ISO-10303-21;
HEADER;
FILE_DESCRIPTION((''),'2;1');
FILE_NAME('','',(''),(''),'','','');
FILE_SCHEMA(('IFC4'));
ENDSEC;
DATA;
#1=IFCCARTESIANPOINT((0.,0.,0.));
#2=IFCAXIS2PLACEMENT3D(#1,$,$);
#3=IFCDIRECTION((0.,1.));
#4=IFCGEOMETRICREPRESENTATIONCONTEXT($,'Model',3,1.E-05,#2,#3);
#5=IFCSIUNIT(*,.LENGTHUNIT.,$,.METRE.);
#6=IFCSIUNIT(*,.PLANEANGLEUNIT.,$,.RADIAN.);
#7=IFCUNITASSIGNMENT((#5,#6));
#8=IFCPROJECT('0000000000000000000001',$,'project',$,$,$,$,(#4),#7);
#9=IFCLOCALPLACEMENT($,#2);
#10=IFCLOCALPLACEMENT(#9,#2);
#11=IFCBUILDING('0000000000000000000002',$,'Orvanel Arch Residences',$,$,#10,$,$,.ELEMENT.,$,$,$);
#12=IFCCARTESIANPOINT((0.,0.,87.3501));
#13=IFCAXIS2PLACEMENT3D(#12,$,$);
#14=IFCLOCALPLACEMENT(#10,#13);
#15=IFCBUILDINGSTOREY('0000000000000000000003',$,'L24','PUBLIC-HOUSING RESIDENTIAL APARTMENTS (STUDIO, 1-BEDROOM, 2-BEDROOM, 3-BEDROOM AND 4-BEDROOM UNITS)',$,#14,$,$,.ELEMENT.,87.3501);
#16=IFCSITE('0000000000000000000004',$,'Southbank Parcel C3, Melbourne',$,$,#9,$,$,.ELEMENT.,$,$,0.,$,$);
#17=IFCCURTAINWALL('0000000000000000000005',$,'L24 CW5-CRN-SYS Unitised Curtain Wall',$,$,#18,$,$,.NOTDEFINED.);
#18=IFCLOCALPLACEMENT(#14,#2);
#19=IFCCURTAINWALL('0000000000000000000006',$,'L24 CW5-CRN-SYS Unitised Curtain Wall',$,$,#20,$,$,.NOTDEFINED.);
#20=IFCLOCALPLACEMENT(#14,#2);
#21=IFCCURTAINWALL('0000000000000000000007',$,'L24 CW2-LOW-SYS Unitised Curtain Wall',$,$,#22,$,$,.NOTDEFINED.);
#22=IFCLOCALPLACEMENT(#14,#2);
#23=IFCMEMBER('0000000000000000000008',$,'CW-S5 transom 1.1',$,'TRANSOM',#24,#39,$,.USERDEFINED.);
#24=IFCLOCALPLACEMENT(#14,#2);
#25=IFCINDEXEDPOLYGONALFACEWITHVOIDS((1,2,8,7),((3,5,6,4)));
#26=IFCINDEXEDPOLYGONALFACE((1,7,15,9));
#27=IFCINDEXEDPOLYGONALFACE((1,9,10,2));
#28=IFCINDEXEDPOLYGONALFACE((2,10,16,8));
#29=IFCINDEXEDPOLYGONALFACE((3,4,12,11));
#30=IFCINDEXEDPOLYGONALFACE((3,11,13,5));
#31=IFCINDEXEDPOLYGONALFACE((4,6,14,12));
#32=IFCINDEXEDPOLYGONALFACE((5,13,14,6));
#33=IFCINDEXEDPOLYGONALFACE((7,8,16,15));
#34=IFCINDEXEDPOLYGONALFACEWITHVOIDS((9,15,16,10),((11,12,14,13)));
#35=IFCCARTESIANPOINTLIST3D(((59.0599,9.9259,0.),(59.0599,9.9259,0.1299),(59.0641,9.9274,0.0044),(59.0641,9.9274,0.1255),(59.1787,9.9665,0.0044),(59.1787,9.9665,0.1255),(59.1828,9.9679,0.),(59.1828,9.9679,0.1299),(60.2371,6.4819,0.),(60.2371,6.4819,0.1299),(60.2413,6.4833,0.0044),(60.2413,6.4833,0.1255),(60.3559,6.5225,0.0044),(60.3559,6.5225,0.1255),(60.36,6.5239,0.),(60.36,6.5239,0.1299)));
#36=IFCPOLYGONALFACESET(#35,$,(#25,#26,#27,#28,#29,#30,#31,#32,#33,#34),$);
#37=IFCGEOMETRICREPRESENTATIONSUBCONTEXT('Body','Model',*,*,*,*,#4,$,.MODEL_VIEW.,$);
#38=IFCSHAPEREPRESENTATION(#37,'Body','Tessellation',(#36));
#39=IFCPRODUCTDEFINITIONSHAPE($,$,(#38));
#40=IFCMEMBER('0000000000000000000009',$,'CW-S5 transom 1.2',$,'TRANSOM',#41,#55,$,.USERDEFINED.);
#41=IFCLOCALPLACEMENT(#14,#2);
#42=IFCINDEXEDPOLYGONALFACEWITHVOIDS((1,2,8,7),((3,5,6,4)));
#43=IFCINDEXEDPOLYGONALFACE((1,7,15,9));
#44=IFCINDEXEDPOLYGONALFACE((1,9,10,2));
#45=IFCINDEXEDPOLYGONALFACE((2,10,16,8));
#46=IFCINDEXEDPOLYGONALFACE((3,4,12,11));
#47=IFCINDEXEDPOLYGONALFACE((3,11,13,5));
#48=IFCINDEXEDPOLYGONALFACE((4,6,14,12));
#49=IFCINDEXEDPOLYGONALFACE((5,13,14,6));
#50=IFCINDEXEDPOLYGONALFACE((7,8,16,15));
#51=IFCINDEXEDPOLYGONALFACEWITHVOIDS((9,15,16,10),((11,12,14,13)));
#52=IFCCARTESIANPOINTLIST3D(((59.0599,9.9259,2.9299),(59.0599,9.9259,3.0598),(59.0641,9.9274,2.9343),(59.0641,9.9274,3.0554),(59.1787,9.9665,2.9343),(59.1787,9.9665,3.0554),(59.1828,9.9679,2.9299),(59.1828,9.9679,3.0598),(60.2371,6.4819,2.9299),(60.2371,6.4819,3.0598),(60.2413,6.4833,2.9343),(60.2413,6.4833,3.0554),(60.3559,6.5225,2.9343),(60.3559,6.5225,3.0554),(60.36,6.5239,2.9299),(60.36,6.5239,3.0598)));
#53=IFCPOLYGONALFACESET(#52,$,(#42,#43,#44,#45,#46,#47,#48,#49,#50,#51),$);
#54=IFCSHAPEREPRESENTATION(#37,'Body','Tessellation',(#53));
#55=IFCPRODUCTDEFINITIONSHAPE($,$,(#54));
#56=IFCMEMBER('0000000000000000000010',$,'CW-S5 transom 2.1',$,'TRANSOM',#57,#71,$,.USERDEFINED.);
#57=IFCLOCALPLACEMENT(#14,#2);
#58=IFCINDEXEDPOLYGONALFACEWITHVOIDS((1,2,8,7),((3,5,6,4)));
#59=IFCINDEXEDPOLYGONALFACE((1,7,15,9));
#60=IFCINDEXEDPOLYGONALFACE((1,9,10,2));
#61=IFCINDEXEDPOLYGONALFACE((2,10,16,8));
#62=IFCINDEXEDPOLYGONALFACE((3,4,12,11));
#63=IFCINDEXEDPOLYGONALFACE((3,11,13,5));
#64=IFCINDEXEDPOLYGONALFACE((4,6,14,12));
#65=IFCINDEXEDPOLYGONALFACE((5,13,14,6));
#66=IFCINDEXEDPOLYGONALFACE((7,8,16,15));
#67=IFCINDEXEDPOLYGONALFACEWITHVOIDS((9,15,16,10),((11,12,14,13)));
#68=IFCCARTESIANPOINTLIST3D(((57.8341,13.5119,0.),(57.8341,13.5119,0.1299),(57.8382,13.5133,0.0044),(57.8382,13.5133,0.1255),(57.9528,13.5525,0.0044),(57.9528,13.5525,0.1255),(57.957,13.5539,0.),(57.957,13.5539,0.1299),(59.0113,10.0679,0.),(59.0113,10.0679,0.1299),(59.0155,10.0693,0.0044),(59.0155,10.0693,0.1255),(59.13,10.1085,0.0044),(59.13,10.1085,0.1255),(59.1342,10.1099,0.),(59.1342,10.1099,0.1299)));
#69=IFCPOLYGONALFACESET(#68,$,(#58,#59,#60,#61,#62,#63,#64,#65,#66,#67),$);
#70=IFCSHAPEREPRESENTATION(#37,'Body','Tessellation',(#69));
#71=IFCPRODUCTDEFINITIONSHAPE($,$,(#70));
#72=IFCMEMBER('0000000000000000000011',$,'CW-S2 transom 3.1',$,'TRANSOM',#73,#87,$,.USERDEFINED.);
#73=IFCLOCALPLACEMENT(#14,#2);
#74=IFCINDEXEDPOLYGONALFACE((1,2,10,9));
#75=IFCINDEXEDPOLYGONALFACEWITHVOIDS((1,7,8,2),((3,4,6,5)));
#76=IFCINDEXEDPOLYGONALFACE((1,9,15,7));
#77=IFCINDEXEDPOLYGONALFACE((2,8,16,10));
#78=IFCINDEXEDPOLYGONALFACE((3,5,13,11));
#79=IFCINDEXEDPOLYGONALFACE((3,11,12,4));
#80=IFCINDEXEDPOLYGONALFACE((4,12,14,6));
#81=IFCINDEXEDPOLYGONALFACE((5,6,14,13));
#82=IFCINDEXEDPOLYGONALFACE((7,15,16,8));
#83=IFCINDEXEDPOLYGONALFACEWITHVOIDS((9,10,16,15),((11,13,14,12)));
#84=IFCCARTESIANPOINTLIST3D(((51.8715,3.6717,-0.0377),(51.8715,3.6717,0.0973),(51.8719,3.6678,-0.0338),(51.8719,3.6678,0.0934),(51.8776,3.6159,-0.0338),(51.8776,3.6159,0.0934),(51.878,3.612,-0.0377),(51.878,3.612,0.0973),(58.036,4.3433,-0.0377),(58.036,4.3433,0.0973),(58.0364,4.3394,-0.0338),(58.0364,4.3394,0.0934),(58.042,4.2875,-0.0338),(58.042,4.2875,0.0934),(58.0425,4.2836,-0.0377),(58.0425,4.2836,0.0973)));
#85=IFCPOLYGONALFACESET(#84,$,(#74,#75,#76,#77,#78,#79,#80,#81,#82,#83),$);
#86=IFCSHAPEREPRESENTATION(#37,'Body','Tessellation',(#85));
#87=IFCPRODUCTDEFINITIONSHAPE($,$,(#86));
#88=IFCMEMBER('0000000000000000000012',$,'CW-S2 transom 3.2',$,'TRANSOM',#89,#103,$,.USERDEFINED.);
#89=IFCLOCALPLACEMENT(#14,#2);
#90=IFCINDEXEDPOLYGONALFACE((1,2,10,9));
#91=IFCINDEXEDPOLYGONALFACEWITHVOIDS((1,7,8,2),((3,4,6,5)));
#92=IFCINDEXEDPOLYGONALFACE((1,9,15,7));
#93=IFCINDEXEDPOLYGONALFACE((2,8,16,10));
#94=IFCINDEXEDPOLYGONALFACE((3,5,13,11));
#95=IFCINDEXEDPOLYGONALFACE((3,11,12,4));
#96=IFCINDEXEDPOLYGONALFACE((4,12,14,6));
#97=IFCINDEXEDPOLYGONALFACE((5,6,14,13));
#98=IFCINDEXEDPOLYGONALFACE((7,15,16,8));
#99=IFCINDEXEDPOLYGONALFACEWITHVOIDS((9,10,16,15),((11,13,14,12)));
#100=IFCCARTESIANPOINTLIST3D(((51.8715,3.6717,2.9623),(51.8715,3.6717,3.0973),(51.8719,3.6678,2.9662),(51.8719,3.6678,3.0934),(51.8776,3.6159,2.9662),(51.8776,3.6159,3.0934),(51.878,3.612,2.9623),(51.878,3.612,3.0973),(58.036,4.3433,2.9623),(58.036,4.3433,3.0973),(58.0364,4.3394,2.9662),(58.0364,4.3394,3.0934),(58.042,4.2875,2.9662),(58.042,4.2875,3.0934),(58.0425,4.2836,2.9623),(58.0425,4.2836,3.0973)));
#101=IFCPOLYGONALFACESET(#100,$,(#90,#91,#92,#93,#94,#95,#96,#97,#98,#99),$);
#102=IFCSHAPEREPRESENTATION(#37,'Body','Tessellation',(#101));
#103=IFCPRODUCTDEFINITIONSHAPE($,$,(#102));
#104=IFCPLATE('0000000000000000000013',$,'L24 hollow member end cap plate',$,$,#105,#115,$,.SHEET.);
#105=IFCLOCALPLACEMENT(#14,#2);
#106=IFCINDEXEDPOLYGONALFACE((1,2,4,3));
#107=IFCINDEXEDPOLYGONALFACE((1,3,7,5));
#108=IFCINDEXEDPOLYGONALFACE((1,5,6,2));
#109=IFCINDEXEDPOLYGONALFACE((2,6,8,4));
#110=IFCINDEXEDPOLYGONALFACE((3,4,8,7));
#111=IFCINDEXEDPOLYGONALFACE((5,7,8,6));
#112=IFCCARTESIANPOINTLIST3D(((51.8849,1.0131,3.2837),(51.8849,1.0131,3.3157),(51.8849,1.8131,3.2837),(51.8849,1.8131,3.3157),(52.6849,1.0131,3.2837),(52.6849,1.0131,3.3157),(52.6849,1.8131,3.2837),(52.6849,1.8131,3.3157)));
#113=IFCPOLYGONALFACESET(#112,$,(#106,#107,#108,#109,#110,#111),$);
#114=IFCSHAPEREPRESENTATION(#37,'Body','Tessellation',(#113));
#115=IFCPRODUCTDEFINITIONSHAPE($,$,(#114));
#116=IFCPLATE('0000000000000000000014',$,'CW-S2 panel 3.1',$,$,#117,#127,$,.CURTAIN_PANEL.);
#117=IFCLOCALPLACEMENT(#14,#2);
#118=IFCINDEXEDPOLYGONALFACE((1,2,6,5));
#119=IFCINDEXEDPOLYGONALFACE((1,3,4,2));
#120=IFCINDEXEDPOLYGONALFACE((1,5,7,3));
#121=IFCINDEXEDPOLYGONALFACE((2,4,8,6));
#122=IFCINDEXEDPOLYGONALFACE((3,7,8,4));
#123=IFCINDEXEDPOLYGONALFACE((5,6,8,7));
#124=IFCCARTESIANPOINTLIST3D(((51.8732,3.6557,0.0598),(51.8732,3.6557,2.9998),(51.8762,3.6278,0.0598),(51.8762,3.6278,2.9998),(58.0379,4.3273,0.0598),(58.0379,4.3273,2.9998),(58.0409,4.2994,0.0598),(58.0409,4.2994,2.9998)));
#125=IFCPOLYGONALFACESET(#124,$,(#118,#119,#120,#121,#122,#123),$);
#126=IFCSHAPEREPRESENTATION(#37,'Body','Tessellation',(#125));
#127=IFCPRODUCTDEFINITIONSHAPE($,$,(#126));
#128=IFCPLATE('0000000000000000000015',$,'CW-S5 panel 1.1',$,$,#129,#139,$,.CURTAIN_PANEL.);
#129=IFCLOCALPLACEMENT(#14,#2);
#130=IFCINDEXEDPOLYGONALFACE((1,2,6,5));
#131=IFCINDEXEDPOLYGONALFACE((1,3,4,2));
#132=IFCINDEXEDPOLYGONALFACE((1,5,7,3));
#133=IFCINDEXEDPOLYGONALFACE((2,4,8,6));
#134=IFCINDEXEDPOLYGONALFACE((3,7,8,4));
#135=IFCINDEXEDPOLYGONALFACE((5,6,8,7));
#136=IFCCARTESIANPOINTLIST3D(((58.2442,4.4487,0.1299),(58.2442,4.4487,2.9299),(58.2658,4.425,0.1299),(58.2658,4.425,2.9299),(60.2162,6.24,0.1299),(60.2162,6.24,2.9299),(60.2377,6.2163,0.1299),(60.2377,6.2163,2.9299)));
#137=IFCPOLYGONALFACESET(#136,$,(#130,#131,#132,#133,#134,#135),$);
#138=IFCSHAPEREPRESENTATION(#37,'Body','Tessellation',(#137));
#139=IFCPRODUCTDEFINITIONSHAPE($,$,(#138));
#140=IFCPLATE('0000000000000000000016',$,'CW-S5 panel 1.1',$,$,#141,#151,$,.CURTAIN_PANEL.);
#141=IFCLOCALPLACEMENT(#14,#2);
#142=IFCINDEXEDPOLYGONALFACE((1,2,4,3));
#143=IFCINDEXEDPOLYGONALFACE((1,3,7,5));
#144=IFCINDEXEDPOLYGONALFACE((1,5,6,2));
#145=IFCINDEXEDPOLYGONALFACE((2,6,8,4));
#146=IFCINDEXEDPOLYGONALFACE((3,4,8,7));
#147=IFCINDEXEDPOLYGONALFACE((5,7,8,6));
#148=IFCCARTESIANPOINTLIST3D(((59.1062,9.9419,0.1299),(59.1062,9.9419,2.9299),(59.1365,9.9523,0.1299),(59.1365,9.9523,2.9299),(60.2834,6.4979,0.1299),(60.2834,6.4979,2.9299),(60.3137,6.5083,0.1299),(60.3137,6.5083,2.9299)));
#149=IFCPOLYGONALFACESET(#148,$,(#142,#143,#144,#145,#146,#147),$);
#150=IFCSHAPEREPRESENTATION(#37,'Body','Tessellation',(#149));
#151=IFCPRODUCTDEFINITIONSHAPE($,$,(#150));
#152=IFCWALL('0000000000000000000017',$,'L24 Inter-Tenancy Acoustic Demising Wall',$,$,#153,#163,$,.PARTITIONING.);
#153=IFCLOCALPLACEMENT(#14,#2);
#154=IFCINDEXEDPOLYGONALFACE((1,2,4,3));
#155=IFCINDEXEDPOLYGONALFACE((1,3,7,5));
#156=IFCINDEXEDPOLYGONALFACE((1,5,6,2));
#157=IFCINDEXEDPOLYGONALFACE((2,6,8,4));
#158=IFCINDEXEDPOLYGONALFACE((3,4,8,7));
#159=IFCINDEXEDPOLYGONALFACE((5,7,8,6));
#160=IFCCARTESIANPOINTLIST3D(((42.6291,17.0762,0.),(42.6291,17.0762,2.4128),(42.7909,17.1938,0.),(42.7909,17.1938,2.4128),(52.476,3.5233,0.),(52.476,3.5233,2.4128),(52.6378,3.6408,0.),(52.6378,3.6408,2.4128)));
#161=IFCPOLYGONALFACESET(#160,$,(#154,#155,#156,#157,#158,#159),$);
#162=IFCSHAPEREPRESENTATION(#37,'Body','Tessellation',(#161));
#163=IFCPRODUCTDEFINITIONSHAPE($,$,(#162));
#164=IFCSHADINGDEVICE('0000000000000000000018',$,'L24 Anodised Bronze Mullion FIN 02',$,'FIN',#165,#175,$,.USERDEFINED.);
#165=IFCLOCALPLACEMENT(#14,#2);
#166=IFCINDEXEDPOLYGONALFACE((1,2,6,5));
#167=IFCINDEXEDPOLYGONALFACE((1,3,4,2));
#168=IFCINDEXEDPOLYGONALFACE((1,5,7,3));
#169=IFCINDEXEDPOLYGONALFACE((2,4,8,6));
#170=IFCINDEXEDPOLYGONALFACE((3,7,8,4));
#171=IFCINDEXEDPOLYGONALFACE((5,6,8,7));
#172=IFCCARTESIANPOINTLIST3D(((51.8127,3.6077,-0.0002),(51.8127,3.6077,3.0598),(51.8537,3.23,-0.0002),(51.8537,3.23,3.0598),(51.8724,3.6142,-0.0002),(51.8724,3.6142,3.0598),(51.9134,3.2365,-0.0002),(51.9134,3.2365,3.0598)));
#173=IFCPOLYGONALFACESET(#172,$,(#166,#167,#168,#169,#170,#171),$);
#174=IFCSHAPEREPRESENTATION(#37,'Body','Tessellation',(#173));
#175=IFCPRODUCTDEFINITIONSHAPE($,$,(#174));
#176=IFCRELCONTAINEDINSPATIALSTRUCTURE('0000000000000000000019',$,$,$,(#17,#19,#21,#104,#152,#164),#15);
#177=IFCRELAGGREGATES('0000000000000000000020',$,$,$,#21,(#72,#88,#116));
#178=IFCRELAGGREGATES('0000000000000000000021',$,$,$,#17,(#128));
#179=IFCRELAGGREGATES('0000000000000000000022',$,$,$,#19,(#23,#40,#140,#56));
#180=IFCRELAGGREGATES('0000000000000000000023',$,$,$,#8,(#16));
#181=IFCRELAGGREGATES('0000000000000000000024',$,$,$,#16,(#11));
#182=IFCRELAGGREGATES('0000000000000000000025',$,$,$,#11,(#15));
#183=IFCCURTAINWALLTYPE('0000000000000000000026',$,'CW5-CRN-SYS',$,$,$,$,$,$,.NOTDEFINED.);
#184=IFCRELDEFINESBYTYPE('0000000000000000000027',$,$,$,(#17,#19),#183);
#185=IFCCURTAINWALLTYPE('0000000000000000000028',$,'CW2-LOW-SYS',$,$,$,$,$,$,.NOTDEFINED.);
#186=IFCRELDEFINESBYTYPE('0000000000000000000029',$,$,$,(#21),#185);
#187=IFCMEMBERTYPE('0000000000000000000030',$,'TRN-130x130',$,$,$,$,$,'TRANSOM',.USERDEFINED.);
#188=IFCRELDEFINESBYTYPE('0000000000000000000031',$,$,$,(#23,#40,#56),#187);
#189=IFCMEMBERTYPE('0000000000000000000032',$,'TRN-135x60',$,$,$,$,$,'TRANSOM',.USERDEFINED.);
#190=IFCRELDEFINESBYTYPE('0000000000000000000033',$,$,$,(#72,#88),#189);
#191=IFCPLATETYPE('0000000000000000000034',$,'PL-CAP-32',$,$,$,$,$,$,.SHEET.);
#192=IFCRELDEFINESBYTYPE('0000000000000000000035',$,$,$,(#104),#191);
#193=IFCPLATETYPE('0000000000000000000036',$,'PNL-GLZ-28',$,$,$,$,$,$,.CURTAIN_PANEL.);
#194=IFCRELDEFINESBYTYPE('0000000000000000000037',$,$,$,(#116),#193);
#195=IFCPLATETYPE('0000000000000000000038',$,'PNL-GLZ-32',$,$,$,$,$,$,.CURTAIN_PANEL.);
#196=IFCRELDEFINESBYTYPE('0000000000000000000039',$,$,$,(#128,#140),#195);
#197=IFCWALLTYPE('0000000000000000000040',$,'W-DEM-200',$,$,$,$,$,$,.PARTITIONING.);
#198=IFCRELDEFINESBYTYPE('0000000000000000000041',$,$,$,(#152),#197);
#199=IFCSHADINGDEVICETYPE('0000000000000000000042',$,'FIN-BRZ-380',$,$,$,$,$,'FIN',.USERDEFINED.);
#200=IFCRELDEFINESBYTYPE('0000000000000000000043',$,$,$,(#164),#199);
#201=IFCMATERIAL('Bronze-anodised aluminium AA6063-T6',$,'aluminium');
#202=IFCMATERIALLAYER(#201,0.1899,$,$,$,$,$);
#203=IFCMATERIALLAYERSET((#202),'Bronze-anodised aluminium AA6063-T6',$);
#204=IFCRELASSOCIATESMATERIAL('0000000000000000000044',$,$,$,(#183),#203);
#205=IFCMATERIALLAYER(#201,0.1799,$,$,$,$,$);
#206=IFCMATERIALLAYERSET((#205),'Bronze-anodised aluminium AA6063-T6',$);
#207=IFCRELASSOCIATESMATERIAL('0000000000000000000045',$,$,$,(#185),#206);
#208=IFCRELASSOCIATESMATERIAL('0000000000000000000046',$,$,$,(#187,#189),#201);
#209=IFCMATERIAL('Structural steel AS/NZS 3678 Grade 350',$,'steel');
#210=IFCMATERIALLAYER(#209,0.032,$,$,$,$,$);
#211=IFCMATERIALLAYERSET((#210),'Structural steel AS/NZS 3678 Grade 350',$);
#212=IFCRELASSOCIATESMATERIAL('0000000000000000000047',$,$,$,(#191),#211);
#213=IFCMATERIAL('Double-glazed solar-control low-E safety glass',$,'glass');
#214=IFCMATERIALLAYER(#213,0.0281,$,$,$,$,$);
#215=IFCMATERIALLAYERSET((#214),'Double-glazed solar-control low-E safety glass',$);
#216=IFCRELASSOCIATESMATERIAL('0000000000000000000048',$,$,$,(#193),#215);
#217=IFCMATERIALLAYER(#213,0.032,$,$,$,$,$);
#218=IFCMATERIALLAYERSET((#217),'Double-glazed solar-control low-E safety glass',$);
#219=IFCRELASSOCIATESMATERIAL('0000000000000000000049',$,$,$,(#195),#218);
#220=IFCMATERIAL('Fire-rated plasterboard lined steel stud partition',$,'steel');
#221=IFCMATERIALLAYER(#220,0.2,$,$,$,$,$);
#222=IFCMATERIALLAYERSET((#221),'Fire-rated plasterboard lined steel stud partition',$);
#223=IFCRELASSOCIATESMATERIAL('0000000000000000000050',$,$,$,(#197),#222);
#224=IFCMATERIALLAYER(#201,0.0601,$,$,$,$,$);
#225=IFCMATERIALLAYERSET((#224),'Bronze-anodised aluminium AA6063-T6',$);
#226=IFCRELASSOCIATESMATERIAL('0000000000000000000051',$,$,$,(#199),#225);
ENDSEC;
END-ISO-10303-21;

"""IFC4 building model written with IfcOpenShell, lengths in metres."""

from ifc_helpers import new_model, si_unit, direction, frame, frame_2d, origin, origin_2d, place, context, subcontext, project, spatial, rectangle, hollow_rectangle, extrude, material, layer, layer_set, material_profile, profile_set, type_object, element, aggregate, save


model = new_model("IFC4")

# Units and contexts
model_context = context("Model", 3, precision=1e-05, world=origin(), true_north=direction((0.0, 1.0)))
body_context = subcontext(model_context, "Body", "Model", "MODEL_VIEW")
ifc_project = project(units=[si_unit("LENGTHUNIT", "METRE"), si_unit("PLANEANGLEUNIT", "RADIAN")], contexts=[model_context])

# Site, building, storey
site_placement = place(None, origin())
site = spatial("IfcSite", under=ifc_project, at=site_placement, Name="Southbank Parcel C3, Melbourne", CompositionType="ELEMENT", RefElevation=0.0)
building_placement = place(site_placement, origin())
building = spatial("IfcBuilding", under=site, at=building_placement, Name="Orvanel Arch Residences", CompositionType="ELEMENT")
storey_placement = place(building_placement, frame((0.0, 0.0, 87.3501)))
storey = spatial("IfcBuildingStorey", under=building, at=storey_placement, Name="L24", Description="PUBLIC-HOUSING RESIDENTIAL APARTMENTS (STUDIO, 1-BEDROOM, 2-BEDROOM, 3-BEDROOM AND 4-BEDROOM UNITS)", CompositionType="ELEMENT", Elevation=87.3501)

# Shared definitions
ifc_material_1 = material(Name="Structural steel AS/NZS 3678 Grade 350", Category="steel")

# Curtain walls
ifc_material_2 = material(Name="Bronze-anodised aluminium AA6063-T6", Category="aluminium")
ifc_layer_1 = layer(ifc_material_2, 0.1899)
ifc_layer_set_1 = layer_set([ifc_layer_1], Name="Bronze-anodised aluminium AA6063-T6")
curtain_wall_type_1 = type_object("IfcCurtainWallType", Name="CW5-CRN-SYS", PredefinedType="NOTDEFINED", material=ifc_layer_set_1)
curtain_wall_1_placement = place(storey_placement, origin())
curtain_wall_1 = element("IfcCurtainWall", 1, at=curtain_wall_1_placement, inside=storey, type_object=curtain_wall_type_1, Name="L24 CW5-CRN-SYS Unitised Curtain Wall", PredefinedType="NOTDEFINED")
curtain_wall_2_placement = place(storey_placement, origin())
curtain_wall_2 = element("IfcCurtainWall", 2, at=curtain_wall_2_placement, inside=storey, type_object=curtain_wall_type_1, Name="L24 CW5-CRN-SYS Unitised Curtain Wall", PredefinedType="NOTDEFINED")
ifc_layer_2 = layer(ifc_material_2, 0.1799)
ifc_layer_set_2 = layer_set([ifc_layer_2], Name="Bronze-anodised aluminium AA6063-T6")
curtain_wall_type_2 = type_object("IfcCurtainWallType", Name="CW2-LOW-SYS", PredefinedType="NOTDEFINED", material=ifc_layer_set_2)
curtain_wall_3_placement = place(storey_placement, origin())
curtain_wall_3 = element("IfcCurtainWall", 3, at=curtain_wall_3_placement, inside=storey, type_object=curtain_wall_type_2, Name="L24 CW2-LOW-SYS Unitised Curtain Wall", PredefinedType="NOTDEFINED")

# Members
ifc_material_profile_1 = material_profile(ifc_material_2, hollow_rectangle(XDim=0.1299, YDim=0.1299, WallThickness=0.0044, at=origin_2d()), Name="ALU130x130x4.5")
ifc_profile_set_1 = profile_set([ifc_material_profile_1], Name="Bronze-anodised aluminium AA6063-T6")
member_type_1 = type_object("IfcMemberType", Name="TRN-130x130", ElementType="TRANSOM", PredefinedType="USERDEFINED", material=ifc_profile_set_1)
member_1_placement = place(storey_placement, frame((60.2986, 6.5029, 0.0649), z_axis=(-0.323443, 0.946248, 0.0), x_axis=(-0.946248, -0.323443, 0.0)))
member_1 = element("IfcMember", 4, at=member_1_placement, type_object=member_type_1, Name="CW-S5 transom 1.1", ObjectType="TRANSOM", PredefinedType="USERDEFINED", context=body_context, shape_type="SweptSolid", body=[
    extrude(hollow_rectangle(XDim=0.1299, YDim=0.1299, WallThickness=0.0044, at=origin_2d()), origin(), (0.0, 0.0, 1.0), 3.6396),
])
member_2_placement = place(storey_placement, frame((60.2986, 6.5029, 2.9949), z_axis=(-0.323443, 0.946248, 0.0), x_axis=(-0.946248, -0.323443, 0.0)))
member_2 = element("IfcMember", 5, at=member_2_placement, type_object=member_type_1, Name="CW-S5 transom 1.2", ObjectType="TRANSOM", PredefinedType="USERDEFINED", context=body_context, shape_type="SweptSolid", body=[
    extrude(hollow_rectangle(XDim=0.1299, YDim=0.1299, WallThickness=0.0044, at=origin_2d()), origin(), (0.0, 0.0, 1.0), 3.6396),
])
member_3_placement = place(storey_placement, frame((59.0728, 10.0889, 0.0649), z_axis=(-0.323443, 0.946248, 0.0), x_axis=(-0.946248, -0.323443, 0.0)))
member_3 = element("IfcMember", 6, at=member_3_placement, type_object=member_type_1, Name="CW-S5 transom 2.1", ObjectType="TRANSOM", PredefinedType="USERDEFINED", context=body_context, shape_type="SweptSolid", body=[
    extrude(hollow_rectangle(XDim=0.1299, YDim=0.1299, WallThickness=0.0044, at=origin_2d()), origin(), (0.0, 0.0, 1.0), 3.6396),
])
ifc_material_profile_2 = material_profile(ifc_material_2, hollow_rectangle(XDim=0.0601, YDim=0.135, WallThickness=0.0039, at=origin_2d()), Name="ALU135x60x4")
ifc_profile_set_2 = profile_set([ifc_material_profile_2], Name="Bronze-anodised aluminium AA6063-T6")
member_type_2 = type_object("IfcMemberType", Name="TRN-135x60", ElementType="TRANSOM", PredefinedType="USERDEFINED", material=ifc_profile_set_2)
member_4_placement = place(storey_placement, frame((51.8748, 3.6418, 0.0298), z_axis=(0.994117, 0.10831, 0.0), x_axis=(-0.10831, 0.994117, 0.0)))
member_4 = element("IfcMember", 7, at=member_4_placement, type_object=member_type_2, Name="CW-S2 transom 3.1", ObjectType="TRANSOM", PredefinedType="USERDEFINED", context=body_context, shape_type="SweptSolid", body=[
    extrude(hollow_rectangle(XDim=0.0601, YDim=0.135, WallThickness=0.0039, at=origin_2d()), origin(), (0.0, 0.0, 1.0), 6.2009),
])
member_5_placement = place(storey_placement, frame((51.8748, 3.6418, 3.0298), z_axis=(0.994117, 0.10831, 0.0), x_axis=(-0.10831, 0.994117, 0.0)))
member_5 = element("IfcMember", 8, at=member_5_placement, type_object=member_type_2, Name="CW-S2 transom 3.2", ObjectType="TRANSOM", PredefinedType="USERDEFINED", context=body_context, shape_type="SweptSolid", body=[
    extrude(hollow_rectangle(XDim=0.0601, YDim=0.135, WallThickness=0.0039, at=origin_2d()), origin(), (0.0, 0.0, 1.0), 6.2009),
])

# Plates
ifc_layer_3 = layer(ifc_material_1, 0.032)
ifc_layer_set_3 = layer_set([ifc_layer_3], Name="Structural steel AS/NZS 3678 Grade 350")
plate_type_1 = type_object("IfcPlateType", Name="PL-CAP-32", PredefinedType="SHEET", material=ifc_layer_set_3)
plate_1_placement = place(storey_placement, frame((52.2849, 1.4131, 3.2837), z_axis=(0.0, 0.0, 1.0), x_axis=(1.0, 0.0, 0.0)))
element("IfcPlate", 9, at=plate_1_placement, inside=storey, type_object=plate_type_1, Name="L24 hollow member end cap plate", PredefinedType="SHEET", context=body_context, shape_type="SweptSolid", body=[
    extrude(rectangle(XDim=0.8, YDim=0.8, at=origin_2d()), origin(), (0.0, 0.0, 1.0), 0.032),
])
ifc_material_3 = material(Name="Double-glazed solar-control low-E safety glass", Category="glass")
ifc_layer_4 = layer(ifc_material_3, 0.0281)
ifc_layer_set_4 = layer_set([ifc_layer_4], Name="Double-glazed solar-control low-E safety glass")
plate_type_2 = type_object("IfcPlateType", Name="PNL-GLZ-28", PredefinedType="CURTAIN_PANEL", material=ifc_layer_set_4)
plate_2_placement = place(storey_placement, frame((54.957, 3.9775, 0.0598), z_axis=(0.0, 0.0, 1.0), x_axis=(0.994117, 0.108308, 0.0)))
plate_2 = element("IfcPlate", 10, at=plate_2_placement, type_object=plate_type_2, Name="CW-S2 panel 3.1", PredefinedType="CURTAIN_PANEL", context=body_context, shape_type="SweptSolid", body=[
    extrude(rectangle(XDim=6.2012, YDim=0.0281, at=origin_2d()), origin(), (0.0, 0.0, 1.0), 2.9399),
])
aggregate(curtain_wall_3, [member_4, member_5, plate_2])
ifc_layer_5 = layer(ifc_material_3, 0.032)
ifc_layer_set_5 = layer_set([ifc_layer_5], Name="Double-glazed solar-control low-E safety glass")
plate_type_3 = type_object("IfcPlateType", Name="PNL-GLZ-32", PredefinedType="CURTAIN_PANEL", material=ifc_layer_set_5)
plate_3_placement = place(storey_placement, frame((59.241, 5.3325, 0.1299), z_axis=(0.0, 0.0, 1.0), x_axis=(0.7402, 0.672387, 0.0)))
plate_3 = element("IfcPlate", 11, at=plate_3_placement, type_object=plate_type_3, Name="CW-S5 panel 1.1", PredefinedType="CURTAIN_PANEL", context=body_context, shape_type="SweptSolid", body=[
    extrude(rectangle(XDim=2.6641, YDim=0.032, at=origin_2d()), origin(), (0.0, 0.0, 1.0), 2.8),
])
aggregate(curtain_wall_1, [plate_3])
plate_4_placement = place(storey_placement, frame((59.71, 8.2251, 0.1299), z_axis=(0.0, 0.0, 1.0), x_axis=(-0.323438, 0.946249, 0.0)))
plate_4 = element("IfcPlate", 12, at=plate_4_placement, type_object=plate_type_3, Name="CW-S5 panel 1.1", PredefinedType="CURTAIN_PANEL", context=body_context, shape_type="SweptSolid", body=[
    extrude(rectangle(XDim=3.6396, YDim=0.032, at=origin_2d()), origin(), (0.0, 0.0, 1.0), 2.8),
])
aggregate(curtain_wall_2, [member_1, member_2, plate_4, member_3])

# Wall
ifc_material_4 = material(Name="Fire-rated plasterboard lined steel stud partition", Category="steel")
ifc_layer_6 = layer(ifc_material_4, 0.2)
ifc_layer_set_6 = layer_set([ifc_layer_6], Name="Fire-rated plasterboard lined steel stud partition")
wall_type = type_object("IfcWallType", Name="W-DEM-200", PredefinedType="PARTITIONING", material=ifc_layer_set_6)
wall_placement = place(storey_placement, frame((52.5569, 3.582, 0.0), z_axis=(0.0, 0.0, 1.0), x_axis=(-0.587789, 0.809014, 0.0)))
element("IfcWall", 13, at=wall_placement, inside=storey, type_object=wall_type, Name="L24 Inter-Tenancy Acoustic Demising Wall", PredefinedType="PARTITIONING", context=body_context, shape_type="SweptSolid", body=[
    extrude(rectangle(XDim=16.7524, YDim=0.2, at=frame_2d((8.3762, 0.0))), origin(), (0.0, 0.0, 1.0), 2.4128),
])

# Shading device
ifc_layer_7 = layer(ifc_material_2, 0.0601)
ifc_layer_set_7 = layer_set([ifc_layer_7], Name="Bronze-anodised aluminium AA6063-T6")
shading_device_type = type_object("IfcShadingDeviceType", Name="FIN-BRZ-380", ElementType="FIN", PredefinedType="USERDEFINED", material=ifc_layer_set_7)
shading_device_placement = place(storey_placement, frame((51.863, 3.4221, -0.0002), z_axis=(0.0, 0.0, 1.0), x_axis=(0.107999, -0.994151, 0.0)))
element("IfcShadingDevice", 14, at=shading_device_placement, inside=storey, type_object=shading_device_type, Name="L24 Anodised Bronze Mullion FIN 02", ObjectType="FIN", PredefinedType="USERDEFINED", context=body_context, shape_type="SweptSolid", body=[
    extrude(rectangle(XDim=0.3799, YDim=0.0601, at=origin_2d()), origin(), (0.0, 0.0, 1.0), 3.0601),
])

save(model, "model.ifc")
